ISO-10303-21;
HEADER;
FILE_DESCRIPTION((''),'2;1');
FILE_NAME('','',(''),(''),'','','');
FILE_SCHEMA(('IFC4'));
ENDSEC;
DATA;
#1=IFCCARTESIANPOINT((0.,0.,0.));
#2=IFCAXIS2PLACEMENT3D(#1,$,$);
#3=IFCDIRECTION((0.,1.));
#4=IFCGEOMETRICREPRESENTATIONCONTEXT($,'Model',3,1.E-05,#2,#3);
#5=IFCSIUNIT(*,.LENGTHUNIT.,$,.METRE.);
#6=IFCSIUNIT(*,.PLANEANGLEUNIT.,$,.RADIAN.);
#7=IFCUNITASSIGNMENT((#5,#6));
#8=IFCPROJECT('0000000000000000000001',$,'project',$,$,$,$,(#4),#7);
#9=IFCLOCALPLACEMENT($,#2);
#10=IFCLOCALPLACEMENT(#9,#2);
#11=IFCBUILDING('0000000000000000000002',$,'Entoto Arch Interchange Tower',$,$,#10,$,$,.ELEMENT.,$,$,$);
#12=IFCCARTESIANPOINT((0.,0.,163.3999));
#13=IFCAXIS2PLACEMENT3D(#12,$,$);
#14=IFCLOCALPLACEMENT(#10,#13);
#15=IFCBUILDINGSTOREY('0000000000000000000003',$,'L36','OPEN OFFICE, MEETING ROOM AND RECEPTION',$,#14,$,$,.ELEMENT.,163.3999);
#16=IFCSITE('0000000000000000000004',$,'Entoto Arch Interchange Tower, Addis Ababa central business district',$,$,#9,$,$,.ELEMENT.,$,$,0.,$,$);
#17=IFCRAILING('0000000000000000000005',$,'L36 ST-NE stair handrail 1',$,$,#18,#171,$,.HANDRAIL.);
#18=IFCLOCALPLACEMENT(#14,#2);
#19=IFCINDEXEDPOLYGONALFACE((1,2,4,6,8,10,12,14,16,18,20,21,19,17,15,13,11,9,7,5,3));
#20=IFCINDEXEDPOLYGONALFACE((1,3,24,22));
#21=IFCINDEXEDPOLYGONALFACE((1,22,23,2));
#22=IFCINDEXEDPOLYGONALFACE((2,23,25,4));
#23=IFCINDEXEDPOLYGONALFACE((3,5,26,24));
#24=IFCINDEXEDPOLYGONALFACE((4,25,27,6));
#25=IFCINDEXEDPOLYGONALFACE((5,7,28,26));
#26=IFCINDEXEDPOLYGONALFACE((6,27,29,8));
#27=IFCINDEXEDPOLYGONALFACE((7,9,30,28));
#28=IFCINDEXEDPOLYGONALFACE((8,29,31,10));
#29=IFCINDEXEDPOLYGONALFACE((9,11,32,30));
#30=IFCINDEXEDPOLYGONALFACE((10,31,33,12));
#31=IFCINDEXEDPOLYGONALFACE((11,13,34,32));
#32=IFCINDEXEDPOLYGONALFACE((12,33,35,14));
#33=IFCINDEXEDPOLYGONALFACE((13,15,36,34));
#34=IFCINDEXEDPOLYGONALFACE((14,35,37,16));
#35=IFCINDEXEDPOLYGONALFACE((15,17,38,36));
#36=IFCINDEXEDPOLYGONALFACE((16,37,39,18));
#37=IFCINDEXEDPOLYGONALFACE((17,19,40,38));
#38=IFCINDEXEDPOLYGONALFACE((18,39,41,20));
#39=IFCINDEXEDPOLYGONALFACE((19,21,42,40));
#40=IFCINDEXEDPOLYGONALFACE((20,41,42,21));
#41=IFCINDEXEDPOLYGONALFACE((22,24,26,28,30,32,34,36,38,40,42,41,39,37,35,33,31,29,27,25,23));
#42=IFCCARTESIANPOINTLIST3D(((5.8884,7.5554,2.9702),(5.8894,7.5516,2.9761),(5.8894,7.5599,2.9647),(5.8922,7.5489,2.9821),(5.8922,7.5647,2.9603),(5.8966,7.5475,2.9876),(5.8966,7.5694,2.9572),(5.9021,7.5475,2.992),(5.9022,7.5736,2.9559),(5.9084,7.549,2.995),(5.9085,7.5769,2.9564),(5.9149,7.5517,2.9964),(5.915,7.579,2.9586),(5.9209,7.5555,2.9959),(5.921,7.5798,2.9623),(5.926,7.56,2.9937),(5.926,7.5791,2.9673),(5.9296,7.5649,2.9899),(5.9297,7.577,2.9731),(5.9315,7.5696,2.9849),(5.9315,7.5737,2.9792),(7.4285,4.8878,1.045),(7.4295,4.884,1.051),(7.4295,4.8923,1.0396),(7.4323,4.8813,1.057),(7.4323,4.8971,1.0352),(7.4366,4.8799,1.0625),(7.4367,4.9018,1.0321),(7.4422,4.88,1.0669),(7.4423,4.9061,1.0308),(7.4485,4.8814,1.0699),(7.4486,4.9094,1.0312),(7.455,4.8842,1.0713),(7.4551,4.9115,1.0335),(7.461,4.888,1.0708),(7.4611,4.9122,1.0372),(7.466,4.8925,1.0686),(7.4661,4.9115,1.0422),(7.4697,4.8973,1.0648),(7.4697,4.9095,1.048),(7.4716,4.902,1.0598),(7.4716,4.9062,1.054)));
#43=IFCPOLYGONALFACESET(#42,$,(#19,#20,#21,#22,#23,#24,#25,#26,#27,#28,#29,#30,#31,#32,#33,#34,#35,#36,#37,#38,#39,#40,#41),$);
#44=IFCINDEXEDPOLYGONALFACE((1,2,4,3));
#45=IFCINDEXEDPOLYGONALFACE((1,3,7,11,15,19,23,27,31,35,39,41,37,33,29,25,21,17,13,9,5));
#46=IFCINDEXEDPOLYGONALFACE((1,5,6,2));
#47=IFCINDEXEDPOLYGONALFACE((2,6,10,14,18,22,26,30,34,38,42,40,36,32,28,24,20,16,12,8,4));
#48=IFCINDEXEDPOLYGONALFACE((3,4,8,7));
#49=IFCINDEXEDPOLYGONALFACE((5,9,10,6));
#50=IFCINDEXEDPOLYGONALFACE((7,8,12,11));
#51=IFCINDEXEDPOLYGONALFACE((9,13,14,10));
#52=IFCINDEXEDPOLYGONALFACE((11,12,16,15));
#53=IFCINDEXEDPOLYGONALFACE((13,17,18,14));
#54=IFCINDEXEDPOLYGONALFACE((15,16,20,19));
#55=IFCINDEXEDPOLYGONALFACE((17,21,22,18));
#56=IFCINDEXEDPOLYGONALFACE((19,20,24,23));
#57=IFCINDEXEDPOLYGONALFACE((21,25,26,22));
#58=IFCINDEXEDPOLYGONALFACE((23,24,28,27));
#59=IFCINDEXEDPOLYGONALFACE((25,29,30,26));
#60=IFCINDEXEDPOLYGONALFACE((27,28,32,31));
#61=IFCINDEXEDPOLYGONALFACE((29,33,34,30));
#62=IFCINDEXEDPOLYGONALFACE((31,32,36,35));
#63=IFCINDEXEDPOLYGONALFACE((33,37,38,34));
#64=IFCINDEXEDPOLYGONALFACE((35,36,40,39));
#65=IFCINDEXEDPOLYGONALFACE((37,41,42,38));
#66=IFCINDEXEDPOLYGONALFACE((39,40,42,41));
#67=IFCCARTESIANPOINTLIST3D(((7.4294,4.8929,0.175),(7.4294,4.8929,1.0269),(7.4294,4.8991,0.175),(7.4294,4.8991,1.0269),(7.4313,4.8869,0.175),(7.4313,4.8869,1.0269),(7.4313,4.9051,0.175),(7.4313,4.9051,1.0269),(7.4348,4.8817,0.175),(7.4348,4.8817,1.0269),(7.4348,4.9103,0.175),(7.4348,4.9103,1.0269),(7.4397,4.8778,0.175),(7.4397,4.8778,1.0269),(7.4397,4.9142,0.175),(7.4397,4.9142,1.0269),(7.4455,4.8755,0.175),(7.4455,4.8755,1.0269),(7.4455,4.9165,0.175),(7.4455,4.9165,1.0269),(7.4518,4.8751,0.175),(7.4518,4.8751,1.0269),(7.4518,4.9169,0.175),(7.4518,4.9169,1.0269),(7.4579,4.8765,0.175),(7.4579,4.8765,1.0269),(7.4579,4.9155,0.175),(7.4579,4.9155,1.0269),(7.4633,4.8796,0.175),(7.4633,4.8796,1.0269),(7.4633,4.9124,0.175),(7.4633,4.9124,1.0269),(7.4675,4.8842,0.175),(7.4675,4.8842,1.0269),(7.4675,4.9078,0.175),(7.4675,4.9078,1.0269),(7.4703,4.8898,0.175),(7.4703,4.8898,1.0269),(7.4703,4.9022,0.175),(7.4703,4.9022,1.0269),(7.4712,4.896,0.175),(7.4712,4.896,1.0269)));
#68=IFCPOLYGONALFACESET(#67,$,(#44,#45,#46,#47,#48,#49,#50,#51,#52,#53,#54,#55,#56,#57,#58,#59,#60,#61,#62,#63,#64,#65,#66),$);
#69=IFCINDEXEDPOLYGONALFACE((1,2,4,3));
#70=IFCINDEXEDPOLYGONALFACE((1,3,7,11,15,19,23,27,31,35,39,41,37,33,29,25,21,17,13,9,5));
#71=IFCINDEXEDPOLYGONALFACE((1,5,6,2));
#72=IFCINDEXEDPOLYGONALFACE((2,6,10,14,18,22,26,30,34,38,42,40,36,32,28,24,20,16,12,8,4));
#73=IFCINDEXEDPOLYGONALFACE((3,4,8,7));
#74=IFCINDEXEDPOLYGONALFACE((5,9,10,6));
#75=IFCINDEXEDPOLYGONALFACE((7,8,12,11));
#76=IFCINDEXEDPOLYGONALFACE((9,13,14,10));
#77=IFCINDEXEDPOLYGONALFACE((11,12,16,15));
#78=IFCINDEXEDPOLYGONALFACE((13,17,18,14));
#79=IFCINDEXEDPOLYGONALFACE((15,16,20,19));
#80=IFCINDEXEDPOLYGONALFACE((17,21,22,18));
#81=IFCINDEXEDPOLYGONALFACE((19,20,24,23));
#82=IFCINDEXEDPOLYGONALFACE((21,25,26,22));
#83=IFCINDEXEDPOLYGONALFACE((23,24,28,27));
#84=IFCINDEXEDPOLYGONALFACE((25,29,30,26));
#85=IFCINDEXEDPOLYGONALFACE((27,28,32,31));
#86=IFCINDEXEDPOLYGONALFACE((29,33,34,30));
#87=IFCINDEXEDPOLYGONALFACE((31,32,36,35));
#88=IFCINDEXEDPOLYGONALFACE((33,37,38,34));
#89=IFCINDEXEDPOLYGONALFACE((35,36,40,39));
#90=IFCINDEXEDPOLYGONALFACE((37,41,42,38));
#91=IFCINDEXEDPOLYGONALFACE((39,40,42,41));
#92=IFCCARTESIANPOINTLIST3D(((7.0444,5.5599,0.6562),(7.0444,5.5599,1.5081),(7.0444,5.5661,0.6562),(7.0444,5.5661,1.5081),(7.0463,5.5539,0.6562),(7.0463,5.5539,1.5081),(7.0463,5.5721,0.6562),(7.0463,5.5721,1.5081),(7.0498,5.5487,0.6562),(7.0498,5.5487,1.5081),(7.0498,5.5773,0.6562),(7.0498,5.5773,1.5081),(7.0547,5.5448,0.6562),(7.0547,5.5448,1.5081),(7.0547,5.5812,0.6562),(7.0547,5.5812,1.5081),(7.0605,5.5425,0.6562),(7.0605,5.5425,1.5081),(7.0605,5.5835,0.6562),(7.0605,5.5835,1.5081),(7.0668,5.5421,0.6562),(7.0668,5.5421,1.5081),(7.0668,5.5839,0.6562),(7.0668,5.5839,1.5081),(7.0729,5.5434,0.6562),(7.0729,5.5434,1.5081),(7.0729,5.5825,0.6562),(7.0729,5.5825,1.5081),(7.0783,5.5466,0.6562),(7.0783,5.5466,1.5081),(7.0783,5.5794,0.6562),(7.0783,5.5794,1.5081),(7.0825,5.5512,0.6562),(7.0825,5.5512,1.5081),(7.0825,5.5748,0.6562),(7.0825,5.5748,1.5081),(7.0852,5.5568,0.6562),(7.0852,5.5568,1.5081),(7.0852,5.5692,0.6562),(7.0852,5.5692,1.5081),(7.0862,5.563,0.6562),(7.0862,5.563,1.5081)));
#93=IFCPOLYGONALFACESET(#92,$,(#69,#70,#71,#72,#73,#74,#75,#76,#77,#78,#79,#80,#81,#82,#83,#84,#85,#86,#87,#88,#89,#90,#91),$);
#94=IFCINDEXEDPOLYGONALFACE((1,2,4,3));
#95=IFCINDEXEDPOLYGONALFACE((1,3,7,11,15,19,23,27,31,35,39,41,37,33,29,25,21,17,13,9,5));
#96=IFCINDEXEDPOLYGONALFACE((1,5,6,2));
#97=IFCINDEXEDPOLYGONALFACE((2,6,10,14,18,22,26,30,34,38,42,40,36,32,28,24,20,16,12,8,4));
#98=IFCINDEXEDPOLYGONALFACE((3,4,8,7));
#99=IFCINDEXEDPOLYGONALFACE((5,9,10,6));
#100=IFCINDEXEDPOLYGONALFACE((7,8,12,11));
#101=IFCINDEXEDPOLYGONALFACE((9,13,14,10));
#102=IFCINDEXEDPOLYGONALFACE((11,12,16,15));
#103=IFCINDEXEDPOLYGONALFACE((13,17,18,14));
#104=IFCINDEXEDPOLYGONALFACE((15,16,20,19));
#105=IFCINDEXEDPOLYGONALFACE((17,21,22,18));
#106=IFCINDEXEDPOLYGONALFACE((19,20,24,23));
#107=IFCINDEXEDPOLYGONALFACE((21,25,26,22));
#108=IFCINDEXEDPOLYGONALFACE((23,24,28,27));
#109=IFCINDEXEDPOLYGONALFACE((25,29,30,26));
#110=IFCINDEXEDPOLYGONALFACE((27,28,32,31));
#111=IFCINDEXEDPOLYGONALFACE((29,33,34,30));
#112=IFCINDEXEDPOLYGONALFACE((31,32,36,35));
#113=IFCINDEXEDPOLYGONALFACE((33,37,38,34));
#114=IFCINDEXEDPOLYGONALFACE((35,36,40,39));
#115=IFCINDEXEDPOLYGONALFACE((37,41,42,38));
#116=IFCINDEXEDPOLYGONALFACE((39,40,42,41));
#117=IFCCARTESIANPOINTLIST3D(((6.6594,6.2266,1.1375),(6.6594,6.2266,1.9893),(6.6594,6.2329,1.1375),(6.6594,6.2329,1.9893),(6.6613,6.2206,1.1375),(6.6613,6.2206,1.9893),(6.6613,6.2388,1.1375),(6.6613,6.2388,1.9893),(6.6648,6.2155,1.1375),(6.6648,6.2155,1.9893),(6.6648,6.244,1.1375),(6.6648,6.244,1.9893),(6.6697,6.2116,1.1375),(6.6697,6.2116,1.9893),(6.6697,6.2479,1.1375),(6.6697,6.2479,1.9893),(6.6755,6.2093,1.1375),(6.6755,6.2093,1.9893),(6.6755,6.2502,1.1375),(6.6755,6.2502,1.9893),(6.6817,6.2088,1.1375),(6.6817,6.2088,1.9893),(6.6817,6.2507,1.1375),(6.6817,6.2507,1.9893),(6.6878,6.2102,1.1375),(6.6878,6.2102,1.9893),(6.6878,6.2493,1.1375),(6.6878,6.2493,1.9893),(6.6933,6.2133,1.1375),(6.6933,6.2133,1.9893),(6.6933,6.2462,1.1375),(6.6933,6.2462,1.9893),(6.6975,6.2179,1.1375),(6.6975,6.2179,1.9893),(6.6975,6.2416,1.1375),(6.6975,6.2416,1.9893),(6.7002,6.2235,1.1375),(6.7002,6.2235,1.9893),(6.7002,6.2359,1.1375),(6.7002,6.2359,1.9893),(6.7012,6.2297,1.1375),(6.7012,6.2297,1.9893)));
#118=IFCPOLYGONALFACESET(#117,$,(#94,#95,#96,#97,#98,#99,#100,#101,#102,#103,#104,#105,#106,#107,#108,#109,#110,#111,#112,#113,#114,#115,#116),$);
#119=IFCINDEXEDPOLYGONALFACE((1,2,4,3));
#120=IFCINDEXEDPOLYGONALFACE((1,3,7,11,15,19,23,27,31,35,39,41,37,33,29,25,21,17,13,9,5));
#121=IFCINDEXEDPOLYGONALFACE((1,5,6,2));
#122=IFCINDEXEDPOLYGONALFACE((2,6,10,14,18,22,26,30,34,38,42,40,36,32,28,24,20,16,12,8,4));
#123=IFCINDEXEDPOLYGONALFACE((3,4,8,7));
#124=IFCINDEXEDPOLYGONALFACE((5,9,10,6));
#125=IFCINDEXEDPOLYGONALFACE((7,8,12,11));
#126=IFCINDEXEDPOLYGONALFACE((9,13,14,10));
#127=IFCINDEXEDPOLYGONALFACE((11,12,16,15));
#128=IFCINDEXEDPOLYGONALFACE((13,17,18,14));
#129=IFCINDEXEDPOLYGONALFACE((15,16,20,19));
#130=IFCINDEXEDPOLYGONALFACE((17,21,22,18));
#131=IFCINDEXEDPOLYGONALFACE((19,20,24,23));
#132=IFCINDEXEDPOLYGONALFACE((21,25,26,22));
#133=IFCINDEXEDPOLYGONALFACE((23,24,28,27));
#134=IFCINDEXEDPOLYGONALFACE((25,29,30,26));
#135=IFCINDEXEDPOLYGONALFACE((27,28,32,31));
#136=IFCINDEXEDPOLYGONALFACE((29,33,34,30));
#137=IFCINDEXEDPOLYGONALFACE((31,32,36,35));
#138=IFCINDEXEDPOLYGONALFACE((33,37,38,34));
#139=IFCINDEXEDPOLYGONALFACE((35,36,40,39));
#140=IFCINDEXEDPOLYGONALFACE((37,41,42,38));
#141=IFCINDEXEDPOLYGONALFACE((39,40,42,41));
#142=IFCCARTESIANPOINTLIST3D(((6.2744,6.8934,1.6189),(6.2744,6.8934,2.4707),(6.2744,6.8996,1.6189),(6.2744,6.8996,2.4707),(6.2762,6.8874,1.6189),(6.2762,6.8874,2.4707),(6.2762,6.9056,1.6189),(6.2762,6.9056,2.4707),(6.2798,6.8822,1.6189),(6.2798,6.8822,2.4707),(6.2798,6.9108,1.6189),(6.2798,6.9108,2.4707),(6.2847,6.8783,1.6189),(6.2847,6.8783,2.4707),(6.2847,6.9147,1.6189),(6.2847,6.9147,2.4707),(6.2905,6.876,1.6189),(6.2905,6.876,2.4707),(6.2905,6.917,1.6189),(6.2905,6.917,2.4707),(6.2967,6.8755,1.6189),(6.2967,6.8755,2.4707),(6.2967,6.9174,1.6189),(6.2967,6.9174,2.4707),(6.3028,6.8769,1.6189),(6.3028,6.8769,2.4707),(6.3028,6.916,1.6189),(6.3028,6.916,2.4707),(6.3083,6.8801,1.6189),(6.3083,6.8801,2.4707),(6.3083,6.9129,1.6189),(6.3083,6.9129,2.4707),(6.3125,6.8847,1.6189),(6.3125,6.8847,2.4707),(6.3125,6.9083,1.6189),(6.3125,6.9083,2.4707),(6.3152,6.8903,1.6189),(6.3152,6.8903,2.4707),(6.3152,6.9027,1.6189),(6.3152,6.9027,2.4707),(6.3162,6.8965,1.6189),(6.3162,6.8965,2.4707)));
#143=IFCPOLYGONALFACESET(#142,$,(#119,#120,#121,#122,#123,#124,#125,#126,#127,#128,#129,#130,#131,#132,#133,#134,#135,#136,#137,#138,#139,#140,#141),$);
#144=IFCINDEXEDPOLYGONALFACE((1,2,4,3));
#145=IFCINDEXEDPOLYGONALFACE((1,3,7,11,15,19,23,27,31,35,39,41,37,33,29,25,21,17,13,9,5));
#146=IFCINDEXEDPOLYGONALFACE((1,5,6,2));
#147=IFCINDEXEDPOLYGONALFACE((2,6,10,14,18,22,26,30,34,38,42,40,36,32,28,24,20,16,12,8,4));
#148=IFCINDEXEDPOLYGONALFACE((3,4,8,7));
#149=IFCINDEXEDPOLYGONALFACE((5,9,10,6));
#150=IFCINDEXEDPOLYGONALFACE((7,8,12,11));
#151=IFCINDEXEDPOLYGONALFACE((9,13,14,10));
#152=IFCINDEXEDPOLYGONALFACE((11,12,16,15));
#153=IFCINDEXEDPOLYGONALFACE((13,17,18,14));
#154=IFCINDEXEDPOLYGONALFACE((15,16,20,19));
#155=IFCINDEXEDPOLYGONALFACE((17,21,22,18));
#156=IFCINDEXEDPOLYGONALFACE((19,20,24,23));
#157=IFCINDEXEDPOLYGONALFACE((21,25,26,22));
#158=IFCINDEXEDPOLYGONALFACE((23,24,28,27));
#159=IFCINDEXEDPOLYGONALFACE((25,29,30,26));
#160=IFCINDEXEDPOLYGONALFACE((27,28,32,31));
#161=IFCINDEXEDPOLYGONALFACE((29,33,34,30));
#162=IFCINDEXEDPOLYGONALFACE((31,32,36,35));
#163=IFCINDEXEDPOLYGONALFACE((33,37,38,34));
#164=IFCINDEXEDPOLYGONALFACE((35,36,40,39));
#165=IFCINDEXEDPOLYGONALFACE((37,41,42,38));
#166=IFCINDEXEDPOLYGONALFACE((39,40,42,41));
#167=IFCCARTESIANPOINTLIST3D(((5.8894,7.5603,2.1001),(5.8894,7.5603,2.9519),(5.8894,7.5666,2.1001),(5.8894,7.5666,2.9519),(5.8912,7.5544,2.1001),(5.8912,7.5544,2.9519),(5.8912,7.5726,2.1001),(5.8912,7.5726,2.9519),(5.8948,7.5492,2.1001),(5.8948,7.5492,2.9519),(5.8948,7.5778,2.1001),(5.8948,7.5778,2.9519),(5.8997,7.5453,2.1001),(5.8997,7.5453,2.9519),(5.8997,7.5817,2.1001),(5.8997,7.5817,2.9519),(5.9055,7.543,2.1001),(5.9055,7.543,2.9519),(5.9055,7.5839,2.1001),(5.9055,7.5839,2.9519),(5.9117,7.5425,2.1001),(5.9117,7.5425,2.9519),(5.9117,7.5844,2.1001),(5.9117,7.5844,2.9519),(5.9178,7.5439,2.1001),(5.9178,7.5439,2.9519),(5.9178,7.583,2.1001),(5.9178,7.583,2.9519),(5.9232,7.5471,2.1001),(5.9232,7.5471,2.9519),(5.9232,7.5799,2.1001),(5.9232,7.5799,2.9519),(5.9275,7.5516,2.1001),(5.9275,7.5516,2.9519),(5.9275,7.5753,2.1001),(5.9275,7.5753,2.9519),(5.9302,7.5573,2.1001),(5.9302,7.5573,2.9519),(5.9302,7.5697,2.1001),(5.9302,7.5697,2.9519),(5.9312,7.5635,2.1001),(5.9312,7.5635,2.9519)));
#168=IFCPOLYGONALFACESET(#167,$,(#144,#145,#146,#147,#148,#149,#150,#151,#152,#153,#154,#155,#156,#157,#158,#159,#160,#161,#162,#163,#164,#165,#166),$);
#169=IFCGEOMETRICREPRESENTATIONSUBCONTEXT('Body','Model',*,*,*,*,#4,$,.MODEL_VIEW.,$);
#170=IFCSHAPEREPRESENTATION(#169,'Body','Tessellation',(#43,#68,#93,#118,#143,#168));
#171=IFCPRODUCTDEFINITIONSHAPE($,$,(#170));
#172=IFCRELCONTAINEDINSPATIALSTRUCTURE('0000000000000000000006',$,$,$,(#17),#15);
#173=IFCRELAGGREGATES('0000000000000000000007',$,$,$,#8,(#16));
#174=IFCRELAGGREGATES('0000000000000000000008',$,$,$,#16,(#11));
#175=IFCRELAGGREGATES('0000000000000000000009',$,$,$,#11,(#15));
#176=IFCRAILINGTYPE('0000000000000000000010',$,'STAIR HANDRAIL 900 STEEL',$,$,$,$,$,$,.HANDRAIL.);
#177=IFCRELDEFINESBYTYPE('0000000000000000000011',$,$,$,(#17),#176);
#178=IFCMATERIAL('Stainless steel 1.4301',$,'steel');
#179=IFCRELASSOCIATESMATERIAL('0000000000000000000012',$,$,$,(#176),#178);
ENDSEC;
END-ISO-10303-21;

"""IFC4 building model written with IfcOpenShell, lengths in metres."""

from ifc_helpers import new_model, si_unit, direction, frame, origin, origin_2d, place, context, subcontext, project, spatial, circle, extrude, material, type_object, element, save


model = new_model("IFC4")

# Units and contexts
model_context = context("Model", 3, precision=1e-05, world=origin(), true_north=direction((0.0, 1.0)))
body_context = subcontext(model_context, "Body", "Model", "MODEL_VIEW")
ifc_project = project(units=[si_unit("LENGTHUNIT", "METRE"), si_unit("PLANEANGLEUNIT", "RADIAN")], contexts=[model_context])

# Site, building, storey
site_placement = place(None, origin())
site = spatial("IfcSite", under=ifc_project, at=site_placement, Name="Entoto Arch Interchange Tower, Addis Ababa central business district", CompositionType="ELEMENT", RefElevation=0.0)
building_placement = place(site_placement, origin())
building = spatial("IfcBuilding", under=site, at=building_placement, Name="Entoto Arch Interchange Tower", CompositionType="ELEMENT")
storey_placement = place(building_placement, frame((0.0, 0.0, 163.3999)))
storey = spatial("IfcBuildingStorey", under=building, at=storey_placement, Name="L36", Description="OPEN OFFICE, MEETING ROOM AND RECEPTION", CompositionType="ELEMENT", Elevation=163.3999)

# Railing
ifc_material_1 = material(Name="Stainless steel 1.4301", Category="steel")
railing_type_1 = type_object("IfcRailingType", Name="STAIR HANDRAIL 900 STEEL", PredefinedType="HANDRAIL", material=ifc_material_1)
railing_1_placement = place(storey_placement, frame((7.4502, 4.896, 0.175)))
element("IfcRailing", 1, at=railing_1_placement, inside=storey, type_object=railing_type_1, Name="L36 ST-NE stair handrail 1", PredefinedType="HANDRAIL", context=body_context, shape_type="SweptSolid", body=[
    extrude(circle(Radius=0.0239, at=origin_2d()), frame((0.0, 0.0, 0.876), z_axis=(-0.423994, 0.734395, 0.529993), x_axis=(-0.86603, -0.499992, 0.0)), (0.0, 0.0, 1.0), 3.6323),
    extrude(circle(Radius=0.021, at=origin_2d()), origin(), (0.0, 0.0, 1.0), 0.8518),
    extrude(circle(Radius=0.021, at=origin_2d()), frame((-0.385, 0.667, 0.4812)), (0.0, 0.0, 1.0), 0.8518),
    extrude(circle(Radius=0.021, at=origin_2d()), frame((-0.77, 1.3337, 0.9624)), (0.0, 0.0, 1.0), 0.8518),
    extrude(circle(Radius=0.021, at=origin_2d()), frame((-1.155, 2.0005, 1.4438)), (0.0, 0.0, 1.0), 0.8518),
    extrude(circle(Radius=0.021, at=origin_2d()), frame((-1.54, 2.6675, 1.925)), (0.0, 0.0, 1.0), 0.8518),
])

save(model, "model.ifc")
